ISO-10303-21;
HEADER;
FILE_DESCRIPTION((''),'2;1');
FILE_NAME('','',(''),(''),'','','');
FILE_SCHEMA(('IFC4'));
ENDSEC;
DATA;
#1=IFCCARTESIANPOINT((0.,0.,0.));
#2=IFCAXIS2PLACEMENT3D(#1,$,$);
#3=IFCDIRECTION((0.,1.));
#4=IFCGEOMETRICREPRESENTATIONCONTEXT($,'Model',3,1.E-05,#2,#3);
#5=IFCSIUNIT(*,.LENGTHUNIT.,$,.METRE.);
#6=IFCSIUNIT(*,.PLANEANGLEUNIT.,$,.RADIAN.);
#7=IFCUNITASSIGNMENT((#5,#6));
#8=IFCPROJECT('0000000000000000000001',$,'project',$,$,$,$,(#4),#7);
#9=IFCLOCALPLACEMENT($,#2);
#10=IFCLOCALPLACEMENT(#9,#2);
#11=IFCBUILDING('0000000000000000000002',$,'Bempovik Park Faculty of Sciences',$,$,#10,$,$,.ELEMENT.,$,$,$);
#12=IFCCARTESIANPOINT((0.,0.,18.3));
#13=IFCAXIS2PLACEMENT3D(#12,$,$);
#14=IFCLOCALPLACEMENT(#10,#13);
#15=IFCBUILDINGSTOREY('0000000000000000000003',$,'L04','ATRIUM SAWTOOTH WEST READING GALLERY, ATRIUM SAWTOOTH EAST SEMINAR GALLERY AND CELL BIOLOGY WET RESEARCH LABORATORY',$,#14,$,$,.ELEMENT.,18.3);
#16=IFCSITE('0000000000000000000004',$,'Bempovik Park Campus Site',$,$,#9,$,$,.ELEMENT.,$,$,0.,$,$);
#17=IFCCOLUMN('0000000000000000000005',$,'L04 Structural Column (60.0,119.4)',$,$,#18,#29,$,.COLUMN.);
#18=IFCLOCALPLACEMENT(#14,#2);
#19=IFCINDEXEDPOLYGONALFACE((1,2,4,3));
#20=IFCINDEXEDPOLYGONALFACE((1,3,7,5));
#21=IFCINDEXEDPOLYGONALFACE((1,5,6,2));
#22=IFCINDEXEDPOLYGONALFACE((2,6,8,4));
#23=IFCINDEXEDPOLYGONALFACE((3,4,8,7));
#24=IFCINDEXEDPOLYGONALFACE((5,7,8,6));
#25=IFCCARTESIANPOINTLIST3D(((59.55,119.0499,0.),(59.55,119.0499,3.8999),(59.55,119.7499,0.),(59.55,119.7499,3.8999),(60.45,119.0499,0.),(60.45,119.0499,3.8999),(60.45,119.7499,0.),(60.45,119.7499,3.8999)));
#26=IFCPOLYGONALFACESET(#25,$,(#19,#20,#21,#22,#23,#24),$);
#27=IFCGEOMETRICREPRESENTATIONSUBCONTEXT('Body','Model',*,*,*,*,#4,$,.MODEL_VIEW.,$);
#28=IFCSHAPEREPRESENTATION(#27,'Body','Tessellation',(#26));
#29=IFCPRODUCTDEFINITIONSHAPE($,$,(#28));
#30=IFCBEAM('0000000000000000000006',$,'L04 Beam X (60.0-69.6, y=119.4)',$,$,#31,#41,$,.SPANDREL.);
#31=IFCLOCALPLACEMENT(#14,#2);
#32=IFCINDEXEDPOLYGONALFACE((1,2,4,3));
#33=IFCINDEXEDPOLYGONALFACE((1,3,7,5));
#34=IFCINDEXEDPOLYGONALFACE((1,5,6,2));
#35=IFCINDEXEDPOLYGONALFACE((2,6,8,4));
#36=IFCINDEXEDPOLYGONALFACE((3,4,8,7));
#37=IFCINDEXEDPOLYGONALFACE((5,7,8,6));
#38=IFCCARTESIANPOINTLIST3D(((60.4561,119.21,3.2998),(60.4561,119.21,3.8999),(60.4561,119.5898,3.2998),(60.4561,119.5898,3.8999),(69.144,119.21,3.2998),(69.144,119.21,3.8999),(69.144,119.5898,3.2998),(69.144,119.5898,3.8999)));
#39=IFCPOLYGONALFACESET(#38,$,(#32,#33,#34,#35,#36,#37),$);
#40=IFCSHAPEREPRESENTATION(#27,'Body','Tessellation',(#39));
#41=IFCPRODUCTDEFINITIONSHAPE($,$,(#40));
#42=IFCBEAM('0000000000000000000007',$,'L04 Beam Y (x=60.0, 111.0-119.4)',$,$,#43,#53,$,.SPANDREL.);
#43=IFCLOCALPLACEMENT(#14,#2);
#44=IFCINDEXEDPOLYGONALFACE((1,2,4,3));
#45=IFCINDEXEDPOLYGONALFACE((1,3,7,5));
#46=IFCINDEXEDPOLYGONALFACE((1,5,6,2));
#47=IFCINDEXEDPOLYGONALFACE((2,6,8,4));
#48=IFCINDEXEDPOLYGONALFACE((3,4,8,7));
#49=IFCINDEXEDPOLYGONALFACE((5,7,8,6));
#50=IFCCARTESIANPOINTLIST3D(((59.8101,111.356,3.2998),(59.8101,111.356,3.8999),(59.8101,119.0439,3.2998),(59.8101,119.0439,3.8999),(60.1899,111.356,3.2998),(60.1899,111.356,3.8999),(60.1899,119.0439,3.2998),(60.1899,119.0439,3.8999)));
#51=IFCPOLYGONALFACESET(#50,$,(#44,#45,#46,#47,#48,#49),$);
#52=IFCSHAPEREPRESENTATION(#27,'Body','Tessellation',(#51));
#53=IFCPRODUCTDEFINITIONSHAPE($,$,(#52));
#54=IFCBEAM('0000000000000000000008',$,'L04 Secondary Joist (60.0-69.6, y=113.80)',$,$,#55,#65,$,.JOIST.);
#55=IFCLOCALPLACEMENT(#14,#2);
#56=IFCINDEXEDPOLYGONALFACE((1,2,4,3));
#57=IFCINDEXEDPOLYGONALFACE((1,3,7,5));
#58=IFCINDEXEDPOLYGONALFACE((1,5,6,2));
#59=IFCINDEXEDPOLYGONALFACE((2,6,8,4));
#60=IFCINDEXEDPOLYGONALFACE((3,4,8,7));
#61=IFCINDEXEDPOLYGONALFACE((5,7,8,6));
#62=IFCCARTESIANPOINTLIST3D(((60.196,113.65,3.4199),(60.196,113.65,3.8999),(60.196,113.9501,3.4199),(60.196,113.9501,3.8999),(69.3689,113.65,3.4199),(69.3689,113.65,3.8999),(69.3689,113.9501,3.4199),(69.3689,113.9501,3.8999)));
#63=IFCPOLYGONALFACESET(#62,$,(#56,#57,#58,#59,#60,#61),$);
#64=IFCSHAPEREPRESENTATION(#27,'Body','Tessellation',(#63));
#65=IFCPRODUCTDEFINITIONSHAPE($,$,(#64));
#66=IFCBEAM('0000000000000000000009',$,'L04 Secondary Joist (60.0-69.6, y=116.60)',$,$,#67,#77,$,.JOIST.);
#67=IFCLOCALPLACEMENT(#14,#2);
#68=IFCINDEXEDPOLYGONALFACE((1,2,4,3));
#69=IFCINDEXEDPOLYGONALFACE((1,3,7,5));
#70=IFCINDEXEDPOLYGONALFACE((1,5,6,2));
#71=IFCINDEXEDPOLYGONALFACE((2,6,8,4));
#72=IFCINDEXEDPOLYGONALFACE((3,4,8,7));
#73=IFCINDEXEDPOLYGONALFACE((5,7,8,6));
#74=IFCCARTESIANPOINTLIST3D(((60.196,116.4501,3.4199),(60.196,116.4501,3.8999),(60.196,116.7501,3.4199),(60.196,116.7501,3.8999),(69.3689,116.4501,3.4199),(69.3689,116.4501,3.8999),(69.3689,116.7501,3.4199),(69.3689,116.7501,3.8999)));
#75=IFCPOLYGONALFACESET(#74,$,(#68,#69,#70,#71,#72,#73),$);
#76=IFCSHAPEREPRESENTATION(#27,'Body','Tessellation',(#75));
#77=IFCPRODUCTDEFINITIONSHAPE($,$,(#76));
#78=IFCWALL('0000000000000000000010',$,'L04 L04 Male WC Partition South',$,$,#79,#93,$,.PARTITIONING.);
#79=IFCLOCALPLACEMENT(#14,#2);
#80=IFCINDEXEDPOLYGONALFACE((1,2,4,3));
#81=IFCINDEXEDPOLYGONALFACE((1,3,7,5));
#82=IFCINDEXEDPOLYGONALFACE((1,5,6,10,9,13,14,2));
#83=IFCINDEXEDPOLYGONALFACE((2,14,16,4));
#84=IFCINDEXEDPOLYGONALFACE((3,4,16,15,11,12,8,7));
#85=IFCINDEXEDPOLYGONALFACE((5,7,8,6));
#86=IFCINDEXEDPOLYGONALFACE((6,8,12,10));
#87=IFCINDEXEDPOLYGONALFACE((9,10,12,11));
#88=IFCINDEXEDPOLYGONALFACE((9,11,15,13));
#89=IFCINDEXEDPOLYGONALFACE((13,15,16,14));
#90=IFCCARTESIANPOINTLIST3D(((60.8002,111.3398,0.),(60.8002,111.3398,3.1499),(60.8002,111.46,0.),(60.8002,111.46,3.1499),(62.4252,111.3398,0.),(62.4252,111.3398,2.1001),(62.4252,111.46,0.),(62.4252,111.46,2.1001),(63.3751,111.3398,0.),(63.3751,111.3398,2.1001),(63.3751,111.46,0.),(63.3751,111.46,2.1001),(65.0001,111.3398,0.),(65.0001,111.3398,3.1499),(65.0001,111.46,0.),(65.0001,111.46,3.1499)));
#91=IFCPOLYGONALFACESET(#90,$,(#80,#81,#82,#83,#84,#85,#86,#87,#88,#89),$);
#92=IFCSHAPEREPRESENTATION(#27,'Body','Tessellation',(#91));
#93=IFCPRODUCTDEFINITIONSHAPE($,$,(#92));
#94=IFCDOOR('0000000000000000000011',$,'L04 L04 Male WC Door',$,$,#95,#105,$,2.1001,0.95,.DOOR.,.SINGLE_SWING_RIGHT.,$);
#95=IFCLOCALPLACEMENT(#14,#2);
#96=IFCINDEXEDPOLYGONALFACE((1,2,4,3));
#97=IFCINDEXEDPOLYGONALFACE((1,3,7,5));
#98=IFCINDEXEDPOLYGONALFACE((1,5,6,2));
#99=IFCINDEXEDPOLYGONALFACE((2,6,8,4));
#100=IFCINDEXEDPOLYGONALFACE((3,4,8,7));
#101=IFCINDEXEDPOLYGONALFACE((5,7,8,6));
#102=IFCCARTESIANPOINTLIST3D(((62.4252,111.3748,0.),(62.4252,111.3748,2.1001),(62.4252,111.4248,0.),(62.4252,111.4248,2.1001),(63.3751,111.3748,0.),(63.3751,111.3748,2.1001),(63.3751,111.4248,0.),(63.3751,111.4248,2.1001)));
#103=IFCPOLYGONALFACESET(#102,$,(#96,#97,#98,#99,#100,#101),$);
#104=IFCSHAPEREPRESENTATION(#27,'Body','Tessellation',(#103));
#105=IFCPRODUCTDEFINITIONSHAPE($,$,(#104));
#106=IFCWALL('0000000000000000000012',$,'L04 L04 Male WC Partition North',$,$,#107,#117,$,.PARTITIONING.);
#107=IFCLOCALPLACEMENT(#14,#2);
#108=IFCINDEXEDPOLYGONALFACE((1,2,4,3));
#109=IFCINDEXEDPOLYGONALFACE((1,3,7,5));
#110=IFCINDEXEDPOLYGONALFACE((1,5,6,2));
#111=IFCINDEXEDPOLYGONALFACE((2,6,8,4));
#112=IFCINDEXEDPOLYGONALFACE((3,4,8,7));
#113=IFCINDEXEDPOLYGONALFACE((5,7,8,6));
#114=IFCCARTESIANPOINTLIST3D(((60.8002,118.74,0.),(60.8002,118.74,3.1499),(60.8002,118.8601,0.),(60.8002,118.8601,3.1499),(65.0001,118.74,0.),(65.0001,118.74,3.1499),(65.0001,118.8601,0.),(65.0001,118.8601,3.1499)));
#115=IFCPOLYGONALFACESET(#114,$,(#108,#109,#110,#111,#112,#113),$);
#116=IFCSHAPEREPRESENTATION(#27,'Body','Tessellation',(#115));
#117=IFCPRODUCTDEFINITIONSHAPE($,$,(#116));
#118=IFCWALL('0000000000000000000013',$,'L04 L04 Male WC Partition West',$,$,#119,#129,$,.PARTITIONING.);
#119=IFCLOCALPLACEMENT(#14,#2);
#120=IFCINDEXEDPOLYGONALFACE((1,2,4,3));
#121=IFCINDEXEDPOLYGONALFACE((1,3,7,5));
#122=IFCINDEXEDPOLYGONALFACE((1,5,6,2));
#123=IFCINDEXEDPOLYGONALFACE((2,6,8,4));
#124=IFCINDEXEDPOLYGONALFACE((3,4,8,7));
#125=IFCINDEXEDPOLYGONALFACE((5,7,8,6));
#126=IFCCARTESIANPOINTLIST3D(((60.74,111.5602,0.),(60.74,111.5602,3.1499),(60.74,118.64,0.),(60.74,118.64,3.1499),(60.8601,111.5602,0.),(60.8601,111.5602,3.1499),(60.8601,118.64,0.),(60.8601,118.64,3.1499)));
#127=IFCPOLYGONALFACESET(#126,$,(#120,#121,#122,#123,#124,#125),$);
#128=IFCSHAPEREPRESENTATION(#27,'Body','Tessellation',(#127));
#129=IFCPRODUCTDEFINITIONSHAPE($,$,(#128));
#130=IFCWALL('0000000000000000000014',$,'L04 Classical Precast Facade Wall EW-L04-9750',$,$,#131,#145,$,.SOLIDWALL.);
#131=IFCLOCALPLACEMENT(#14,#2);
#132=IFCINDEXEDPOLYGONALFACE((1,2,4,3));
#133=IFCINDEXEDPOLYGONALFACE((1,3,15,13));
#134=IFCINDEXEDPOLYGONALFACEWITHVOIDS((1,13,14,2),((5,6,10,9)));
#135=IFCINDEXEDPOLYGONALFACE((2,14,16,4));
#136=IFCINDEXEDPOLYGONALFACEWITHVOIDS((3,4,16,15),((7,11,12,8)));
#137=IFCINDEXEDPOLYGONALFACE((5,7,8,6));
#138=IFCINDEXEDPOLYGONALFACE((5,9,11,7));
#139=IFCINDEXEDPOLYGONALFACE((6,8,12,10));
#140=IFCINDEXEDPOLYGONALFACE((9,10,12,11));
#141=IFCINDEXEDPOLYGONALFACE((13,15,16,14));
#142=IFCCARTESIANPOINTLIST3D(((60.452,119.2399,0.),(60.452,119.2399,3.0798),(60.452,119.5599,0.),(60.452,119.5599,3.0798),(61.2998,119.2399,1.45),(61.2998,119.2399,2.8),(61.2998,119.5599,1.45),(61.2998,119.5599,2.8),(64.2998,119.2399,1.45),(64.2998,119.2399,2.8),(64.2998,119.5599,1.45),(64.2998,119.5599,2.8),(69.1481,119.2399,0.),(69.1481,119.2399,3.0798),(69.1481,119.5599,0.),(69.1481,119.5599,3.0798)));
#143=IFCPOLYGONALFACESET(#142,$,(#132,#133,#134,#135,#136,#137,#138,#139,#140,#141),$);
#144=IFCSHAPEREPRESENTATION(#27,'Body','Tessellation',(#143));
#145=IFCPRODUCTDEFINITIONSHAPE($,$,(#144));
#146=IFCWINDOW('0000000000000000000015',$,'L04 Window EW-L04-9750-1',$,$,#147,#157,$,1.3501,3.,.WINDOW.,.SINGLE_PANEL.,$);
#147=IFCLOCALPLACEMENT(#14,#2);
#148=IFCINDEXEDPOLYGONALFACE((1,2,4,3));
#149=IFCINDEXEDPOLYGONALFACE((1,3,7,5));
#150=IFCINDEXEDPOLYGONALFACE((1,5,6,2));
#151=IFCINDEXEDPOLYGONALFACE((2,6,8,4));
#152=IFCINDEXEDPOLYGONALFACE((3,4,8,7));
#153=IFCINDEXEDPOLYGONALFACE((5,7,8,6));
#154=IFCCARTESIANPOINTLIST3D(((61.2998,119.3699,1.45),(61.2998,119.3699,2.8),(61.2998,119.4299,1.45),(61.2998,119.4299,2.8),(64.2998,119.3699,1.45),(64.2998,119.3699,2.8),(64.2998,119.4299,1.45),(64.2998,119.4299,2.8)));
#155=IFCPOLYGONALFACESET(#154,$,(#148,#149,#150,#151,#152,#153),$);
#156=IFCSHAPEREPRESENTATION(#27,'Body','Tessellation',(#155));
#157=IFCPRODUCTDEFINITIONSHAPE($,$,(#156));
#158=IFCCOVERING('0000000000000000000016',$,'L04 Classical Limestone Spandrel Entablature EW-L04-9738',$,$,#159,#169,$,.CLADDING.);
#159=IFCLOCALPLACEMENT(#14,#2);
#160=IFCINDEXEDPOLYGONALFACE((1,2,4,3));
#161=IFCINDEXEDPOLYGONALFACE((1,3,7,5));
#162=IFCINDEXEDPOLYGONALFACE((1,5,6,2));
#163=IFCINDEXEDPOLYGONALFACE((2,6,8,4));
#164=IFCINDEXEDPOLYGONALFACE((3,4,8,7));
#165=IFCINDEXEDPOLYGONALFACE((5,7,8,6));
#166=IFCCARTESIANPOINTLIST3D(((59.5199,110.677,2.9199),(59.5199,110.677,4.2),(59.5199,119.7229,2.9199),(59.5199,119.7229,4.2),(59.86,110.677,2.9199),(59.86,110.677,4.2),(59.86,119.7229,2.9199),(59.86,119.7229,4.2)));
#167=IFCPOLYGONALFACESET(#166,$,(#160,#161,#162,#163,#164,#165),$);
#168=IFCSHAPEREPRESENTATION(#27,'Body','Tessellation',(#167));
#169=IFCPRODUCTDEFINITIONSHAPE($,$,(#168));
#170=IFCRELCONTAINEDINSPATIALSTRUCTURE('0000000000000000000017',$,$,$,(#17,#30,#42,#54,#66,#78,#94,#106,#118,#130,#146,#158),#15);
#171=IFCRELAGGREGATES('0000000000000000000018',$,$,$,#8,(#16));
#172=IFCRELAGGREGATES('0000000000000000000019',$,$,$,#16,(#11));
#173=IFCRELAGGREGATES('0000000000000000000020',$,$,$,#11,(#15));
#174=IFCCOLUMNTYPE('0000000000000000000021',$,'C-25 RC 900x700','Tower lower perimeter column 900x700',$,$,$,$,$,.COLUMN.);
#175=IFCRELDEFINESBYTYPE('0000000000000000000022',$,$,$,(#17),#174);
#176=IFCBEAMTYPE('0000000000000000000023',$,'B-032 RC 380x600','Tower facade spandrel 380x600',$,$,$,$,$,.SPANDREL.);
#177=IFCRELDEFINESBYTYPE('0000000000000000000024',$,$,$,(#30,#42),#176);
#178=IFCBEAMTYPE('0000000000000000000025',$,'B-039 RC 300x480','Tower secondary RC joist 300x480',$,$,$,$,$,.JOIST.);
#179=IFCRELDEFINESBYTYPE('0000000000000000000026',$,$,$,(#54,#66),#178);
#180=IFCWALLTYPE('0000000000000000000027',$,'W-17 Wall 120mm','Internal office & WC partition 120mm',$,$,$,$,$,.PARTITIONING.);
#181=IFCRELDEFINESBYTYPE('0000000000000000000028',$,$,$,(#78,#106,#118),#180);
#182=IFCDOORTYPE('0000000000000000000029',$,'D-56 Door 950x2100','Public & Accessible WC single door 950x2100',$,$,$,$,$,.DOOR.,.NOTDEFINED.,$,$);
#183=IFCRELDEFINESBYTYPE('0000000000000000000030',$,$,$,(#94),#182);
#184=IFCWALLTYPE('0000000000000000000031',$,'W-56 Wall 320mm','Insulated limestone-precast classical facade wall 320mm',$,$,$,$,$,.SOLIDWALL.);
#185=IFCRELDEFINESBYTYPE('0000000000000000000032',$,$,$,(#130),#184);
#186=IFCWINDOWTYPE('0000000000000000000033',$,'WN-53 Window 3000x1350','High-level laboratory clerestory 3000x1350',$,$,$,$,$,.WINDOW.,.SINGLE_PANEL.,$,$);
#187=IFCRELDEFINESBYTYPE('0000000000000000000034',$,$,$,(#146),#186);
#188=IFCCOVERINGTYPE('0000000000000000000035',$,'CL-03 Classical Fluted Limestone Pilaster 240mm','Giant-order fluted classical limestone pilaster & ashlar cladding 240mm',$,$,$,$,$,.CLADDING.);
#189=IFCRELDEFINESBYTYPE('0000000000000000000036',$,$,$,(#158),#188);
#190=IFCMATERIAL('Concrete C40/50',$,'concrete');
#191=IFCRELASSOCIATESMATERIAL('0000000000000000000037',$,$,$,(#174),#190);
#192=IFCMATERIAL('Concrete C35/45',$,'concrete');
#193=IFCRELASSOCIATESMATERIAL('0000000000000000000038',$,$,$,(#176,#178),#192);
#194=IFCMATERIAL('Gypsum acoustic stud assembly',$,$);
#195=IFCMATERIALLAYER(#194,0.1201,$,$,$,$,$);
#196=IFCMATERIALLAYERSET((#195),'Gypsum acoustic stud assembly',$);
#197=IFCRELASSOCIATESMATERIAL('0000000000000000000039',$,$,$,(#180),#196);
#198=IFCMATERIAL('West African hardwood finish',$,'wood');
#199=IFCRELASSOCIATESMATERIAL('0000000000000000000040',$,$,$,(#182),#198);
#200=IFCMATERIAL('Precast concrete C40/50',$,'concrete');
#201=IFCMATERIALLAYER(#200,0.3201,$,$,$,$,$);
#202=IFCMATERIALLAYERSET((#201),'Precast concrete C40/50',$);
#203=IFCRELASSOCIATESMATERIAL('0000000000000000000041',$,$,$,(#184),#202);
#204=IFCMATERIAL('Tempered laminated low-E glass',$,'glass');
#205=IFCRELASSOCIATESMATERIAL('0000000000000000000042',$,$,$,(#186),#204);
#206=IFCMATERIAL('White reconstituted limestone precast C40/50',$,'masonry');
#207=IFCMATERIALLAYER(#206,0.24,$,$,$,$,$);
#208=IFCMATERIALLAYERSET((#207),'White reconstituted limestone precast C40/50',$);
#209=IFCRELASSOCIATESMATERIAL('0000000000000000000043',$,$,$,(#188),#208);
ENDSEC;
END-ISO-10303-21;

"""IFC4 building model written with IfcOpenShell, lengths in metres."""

from ifc_helpers import new_model, si_unit, direction, frame, frame_2d, origin, origin_2d, place, context, subcontext, project, spatial, rectangle, extrude, material, layer, layer_set, material_profile, profile_set, type_object, element, fill, save


model = new_model("IFC4")

# Units and contexts
model_context = context("Model", 3, precision=1e-05, world=origin(), true_north=direction((0.0, 1.0)))
body_context = subcontext(model_context, "Body", "Model", "MODEL_VIEW")
ifc_project = project(units=[si_unit("LENGTHUNIT", "METRE"), si_unit("PLANEANGLEUNIT", "RADIAN")], contexts=[model_context])

# Site, building, storey
site_placement = place(None, origin())
site = spatial("IfcSite", under=ifc_project, at=site_placement, Name="Bempovik Park Campus Site", CompositionType="ELEMENT", RefElevation=0.0)
building_placement = place(site_placement, origin())
building = spatial("IfcBuilding", under=site, at=building_placement, Name="Bempovik Park Faculty of Sciences", CompositionType="ELEMENT")
storey_placement = place(building_placement, frame((0.0, 0.0, 18.3)))
storey = spatial("IfcBuildingStorey", under=building, at=storey_placement, Name="L04", Description="ATRIUM SAWTOOTH WEST READING GALLERY, ATRIUM SAWTOOTH EAST SEMINAR GALLERY AND CELL BIOLOGY WET RESEARCH LABORATORY", CompositionType="ELEMENT", Elevation=18.3)

# Column
ifc_material_1 = material(Name="Concrete C40/50", Category="concrete")
ifc_material_profile_1 = material_profile(ifc_material_1, rectangle(XDim=0.8999, YDim=0.7, at=origin_2d()), Name="RC 900x700")
ifc_profile_set_1 = profile_set([ifc_material_profile_1], Name="Concrete C40/50")
column_type = type_object("IfcColumnType", Name="C-25 RC 900x700", Description="Tower lower perimeter column 900x700", PredefinedType="COLUMN", material=ifc_profile_set_1)
column_placement = place(storey_placement, frame((60.0, 119.3999, 0.0), z_axis=(0.0, 0.0, 1.0), x_axis=(1.0, 0.0, 0.0)))
element("IfcColumn", 1, at=column_placement, inside=storey, type_object=column_type, Name="L04 Structural Column (60.0,119.4)", PredefinedType="COLUMN", context=body_context, shape_type="SweptSolid", body=[
    extrude(rectangle(XDim=0.8999, YDim=0.7, at=origin_2d()), origin(), (0.0, 0.0, 1.0), 3.8999),
])

# Beams
ifc_material_2 = material(Name="Concrete C35/45", Category="concrete")
ifc_material_profile_2 = material_profile(ifc_material_2, rectangle(XDim=0.3799, YDim=0.6001, at=origin_2d()), Name="RC 380x600")
ifc_profile_set_2 = profile_set([ifc_material_profile_2], Name="Concrete C35/45")
beam_type_1 = type_object("IfcBeamType", Name="B-032 RC 380x600", Description="Tower facade spandrel 380x600", PredefinedType="SPANDREL", material=ifc_profile_set_2)
beam_1_placement = place(storey_placement, frame((60.4561, 119.3999, 3.5999), z_axis=(1.0, 0.0, 0.0), x_axis=(0.0, 1.0, 0.0)))
element("IfcBeam", 2, at=beam_1_placement, inside=storey, type_object=beam_type_1, Name="L04 Beam X (60.0-69.6, y=119.4)", PredefinedType="SPANDREL", context=body_context, shape_type="SweptSolid", body=[
    extrude(rectangle(XDim=0.3799, YDim=0.6001, at=origin_2d()), origin(), (0.0, 0.0, 1.0), 8.688),
])
beam_2_placement = place(storey_placement, frame((60.0, 111.356, 3.5999), z_axis=(0.0, 1.0, 0.0), x_axis=(-1.0, 0.0, 0.0)))
element("IfcBeam", 3, at=beam_2_placement, inside=storey, type_object=beam_type_1, Name="L04 Beam Y (x=60.0, 111.0-119.4)", PredefinedType="SPANDREL", context=body_context, shape_type="SweptSolid", body=[
    extrude(rectangle(XDim=0.3799, YDim=0.6001, at=origin_2d()), origin(), (0.0, 0.0, 1.0), 7.688),
])
ifc_material_profile_3 = material_profile(ifc_material_2, rectangle(XDim=0.3, YDim=0.48, at=origin_2d()), Name="RC 300x480")
ifc_profile_set_3 = profile_set([ifc_material_profile_3], Name="Concrete C35/45")
beam_type_2 = type_object("IfcBeamType", Name="B-039 RC 300x480", Description="Tower secondary RC joist 300x480", PredefinedType="JOIST", material=ifc_profile_set_3)
for number, where, z_axis, x_axis, name in (
    (4, (60.196, 113.8, 3.6599), (1.0, 0.0, 0.0), (0.0, 1.0, 0.0), "L04 Secondary Joist (60.0-69.6, y=113.80)"),
    (5, (60.196, 116.6001, 3.6599), (1.0, 0.0, 0.0), (0.0, 1.0, 0.0), "L04 Secondary Joist (60.0-69.6, y=116.60)"),
):
    element("IfcBeam", number, at=place(storey_placement, frame(where, z_axis=z_axis, x_axis=x_axis)), inside=storey, type_object=beam_type_2, Name=name, PredefinedType="JOIST", context=body_context, shape_type="SweptSolid", body=[
        extrude(rectangle(XDim=0.3, YDim=0.48, at=origin_2d()), origin(), (0.0, 0.0, 1.0), 9.1729),
    ])

# Wall, opening, door
ifc_material_3 = material(Name="Gypsum acoustic stud assembly")
ifc_layer_1 = layer(ifc_material_3, 0.1201)
ifc_layer_set_1 = layer_set([ifc_layer_1], Name="Gypsum acoustic stud assembly")
wall_type_1 = type_object("IfcWallType", Name="W-17 Wall 120mm", Description="Internal office & WC partition 120mm", PredefinedType="PARTITIONING", material=ifc_layer_set_1)
wall_1_placement = place(storey_placement, frame((60.8, 111.3999, 0.0), z_axis=(0.0, 0.0, 1.0), x_axis=(1.0, 0.0, 0.0)))
wall_1 = element("IfcWall", 6, at=wall_1_placement, inside=storey, type_object=wall_type_1, Name="L04 L04 Male WC Partition South", PredefinedType="PARTITIONING", context=body_context, shape_type="SweptSolid", body=[
    extrude(rectangle(XDim=4.2, YDim=0.1201, at=frame_2d((2.1001, 0.0))), origin(), (0.0, 0.0, 1.0), 3.1499),
])
opening_1_placement = place(wall_1_placement, frame((1.625, 0.0, 0.0)))
opening_1 = element("IfcOpeningElement", 7, at=opening_1_placement, cuts=wall_1, PredefinedType="OPENING", context=body_context, shape_type="SweptSolid", body=[
    extrude(rectangle(XDim=0.95, YDim=2.1001, at=frame_2d((0.4751, 1.05))), frame((0.0, 0.0701, 0.0), z_axis=(0.0, -1.0, 0.0), x_axis=(1.0, 0.0, 0.0)), (0.0, 0.0, 1.0), 0.1401),
])
ifc_material_4 = material(Name="West African hardwood finish", Category="wood")
door_type = type_object("IfcDoorType", Name="D-56 Door 950x2100", Description="Public & Accessible WC single door 950x2100", OperationType="NOTDEFINED", PredefinedType="DOOR", material=ifc_material_4)
door_placement = place(opening_1_placement, origin())
door = element("IfcDoor", 8, at=door_placement, inside=storey, type_object=door_type, Name="L04 L04 Male WC Door", OperationType="SINGLE_SWING_RIGHT", OverallHeight=2.1001, OverallWidth=0.95, PredefinedType="DOOR", context=body_context, shape_type="SweptSolid", body=[
    extrude(rectangle(XDim=0.95, YDim=2.1001, at=frame_2d((0.4751, 1.05))), frame((0.0, 0.0249, 0.0), z_axis=(0.0, -1.0, 0.0), x_axis=(1.0, 0.0, 0.0)), (0.0, 0.0, 1.0), 0.05),
])
fill(opening_1, door)

# Walls
wall_2_placement = place(storey_placement, frame((60.8, 118.8, 0.0), z_axis=(0.0, 0.0, 1.0), x_axis=(1.0, 0.0, 0.0)))
element("IfcWall", 9, at=wall_2_placement, inside=storey, type_object=wall_type_1, Name="L04 L04 Male WC Partition North", PredefinedType="PARTITIONING", context=body_context, shape_type="SweptSolid", body=[
    extrude(rectangle(XDim=4.2, YDim=0.1201, at=frame_2d((2.1001, 0.0))), origin(), (0.0, 0.0, 1.0), 3.1499),
])
wall_3_placement = place(storey_placement, frame((60.8, 111.5601, 0.0), z_axis=(0.0, 0.0, 1.0), x_axis=(0.0, 1.0, 0.0)))
element("IfcWall", 10, at=wall_3_placement, inside=storey, type_object=wall_type_1, Name="L04 L04 Male WC Partition West", PredefinedType="PARTITIONING", context=body_context, shape_type="SweptSolid", body=[
    extrude(rectangle(XDim=7.0798, YDim=0.1201, at=frame_2d((3.54, 0.0))), origin(), (0.0, 0.0, 1.0), 3.1499),
])

# Wall, opening, window
ifc_material_5 = material(Name="Precast concrete C40/50", Category="concrete")
ifc_layer_2 = layer(ifc_material_5, 0.3201)
ifc_layer_set_2 = layer_set([ifc_layer_2], Name="Precast concrete C40/50")
wall_type_2 = type_object("IfcWallType", Name="W-56 Wall 320mm", Description="Insulated limestone-precast classical facade wall 320mm", PredefinedType="SOLIDWALL", material=ifc_layer_set_2)
wall_4_placement = place(storey_placement, frame((60.4519, 119.3999, 0.0), z_axis=(0.0, 0.0, 1.0), x_axis=(1.0, 0.0, 0.0)))
wall_4 = element("IfcWall", 11, at=wall_4_placement, inside=storey, type_object=wall_type_2, Name="L04 Classical Precast Facade Wall EW-L04-9750", PredefinedType="SOLIDWALL", context=body_context, shape_type="SweptSolid", body=[
    extrude(rectangle(XDim=8.696, YDim=0.3201, at=frame_2d((4.3481, 0.0))), origin(), (0.0, 0.0, 1.0), 3.0798),
])
opening_2_placement = place(wall_4_placement, frame((0.8479, 0.0, 1.45)))
opening_2 = element("IfcOpeningElement", 12, at=opening_2_placement, cuts=wall_4, PredefinedType="OPENING", context=body_context, shape_type="SweptSolid", body=[
    extrude(rectangle(XDim=3.0, YDim=1.3501, at=frame_2d((1.5, 0.675))), frame((0.0, 0.1699, 0.0), z_axis=(0.0, -1.0, 0.0), x_axis=(1.0, 0.0, 0.0)), (0.0, 0.0, 1.0), 0.3401),
])
ifc_material_6 = material(Name="Tempered laminated low-E glass", Category="glass")
window_type = type_object("IfcWindowType", Name="WN-53 Window 3000x1350", Description="High-level laboratory clerestory 3000x1350", PartitioningType="SINGLE_PANEL", PredefinedType="WINDOW", material=ifc_material_6)
window_placement = place(opening_2_placement, origin())
window = element("IfcWindow", 13, at=window_placement, inside=storey, type_object=window_type, Name="L04 Window EW-L04-9750-1", OverallHeight=1.3501, OverallWidth=3.0, PartitioningType="SINGLE_PANEL", PredefinedType="WINDOW", context=body_context, shape_type="SweptSolid", body=[
    extrude(rectangle(XDim=3.0, YDim=1.3501, at=frame_2d((1.5, 0.675))), frame((0.0, 0.03, 0.0), z_axis=(0.0, -1.0, 0.0), x_axis=(1.0, 0.0, 0.0)), (0.0, 0.0, 1.0), 0.0601),
])
fill(opening_2, window)

# Covering
ifc_material_7 = material(Name="White reconstituted limestone precast C40/50", Category="masonry")
ifc_layer_3 = layer(ifc_material_7, 0.24)
ifc_layer_set_3 = layer_set([ifc_layer_3], Name="White reconstituted limestone precast C40/50")
covering_type = type_object("IfcCoveringType", Name="CL-03 Classical Fluted Limestone Pilaster 240mm", Description="Giant-order fluted classical limestone pilaster & ashlar cladding 240mm", PredefinedType="CLADDING", material=ifc_layer_set_3)
covering_1_placement = place(storey_placement, frame((59.6899, 115.2, 2.9199), z_axis=(0.0, 0.0, 1.0), x_axis=(1.0, 0.0, 0.0)))
element("IfcCovering", 14, at=covering_1_placement, inside=storey, type_object=covering_type, Name="L04 Classical Limestone Spandrel Entablature EW-L04-9738", PredefinedType="CLADDING", context=body_context, shape_type="SweptSolid", body=[
    extrude(rectangle(XDim=0.3401, YDim=9.0459, at=origin_2d()), origin(), (0.0, 0.0, 1.0), 1.28),
])

save(model, "model.ifc")
